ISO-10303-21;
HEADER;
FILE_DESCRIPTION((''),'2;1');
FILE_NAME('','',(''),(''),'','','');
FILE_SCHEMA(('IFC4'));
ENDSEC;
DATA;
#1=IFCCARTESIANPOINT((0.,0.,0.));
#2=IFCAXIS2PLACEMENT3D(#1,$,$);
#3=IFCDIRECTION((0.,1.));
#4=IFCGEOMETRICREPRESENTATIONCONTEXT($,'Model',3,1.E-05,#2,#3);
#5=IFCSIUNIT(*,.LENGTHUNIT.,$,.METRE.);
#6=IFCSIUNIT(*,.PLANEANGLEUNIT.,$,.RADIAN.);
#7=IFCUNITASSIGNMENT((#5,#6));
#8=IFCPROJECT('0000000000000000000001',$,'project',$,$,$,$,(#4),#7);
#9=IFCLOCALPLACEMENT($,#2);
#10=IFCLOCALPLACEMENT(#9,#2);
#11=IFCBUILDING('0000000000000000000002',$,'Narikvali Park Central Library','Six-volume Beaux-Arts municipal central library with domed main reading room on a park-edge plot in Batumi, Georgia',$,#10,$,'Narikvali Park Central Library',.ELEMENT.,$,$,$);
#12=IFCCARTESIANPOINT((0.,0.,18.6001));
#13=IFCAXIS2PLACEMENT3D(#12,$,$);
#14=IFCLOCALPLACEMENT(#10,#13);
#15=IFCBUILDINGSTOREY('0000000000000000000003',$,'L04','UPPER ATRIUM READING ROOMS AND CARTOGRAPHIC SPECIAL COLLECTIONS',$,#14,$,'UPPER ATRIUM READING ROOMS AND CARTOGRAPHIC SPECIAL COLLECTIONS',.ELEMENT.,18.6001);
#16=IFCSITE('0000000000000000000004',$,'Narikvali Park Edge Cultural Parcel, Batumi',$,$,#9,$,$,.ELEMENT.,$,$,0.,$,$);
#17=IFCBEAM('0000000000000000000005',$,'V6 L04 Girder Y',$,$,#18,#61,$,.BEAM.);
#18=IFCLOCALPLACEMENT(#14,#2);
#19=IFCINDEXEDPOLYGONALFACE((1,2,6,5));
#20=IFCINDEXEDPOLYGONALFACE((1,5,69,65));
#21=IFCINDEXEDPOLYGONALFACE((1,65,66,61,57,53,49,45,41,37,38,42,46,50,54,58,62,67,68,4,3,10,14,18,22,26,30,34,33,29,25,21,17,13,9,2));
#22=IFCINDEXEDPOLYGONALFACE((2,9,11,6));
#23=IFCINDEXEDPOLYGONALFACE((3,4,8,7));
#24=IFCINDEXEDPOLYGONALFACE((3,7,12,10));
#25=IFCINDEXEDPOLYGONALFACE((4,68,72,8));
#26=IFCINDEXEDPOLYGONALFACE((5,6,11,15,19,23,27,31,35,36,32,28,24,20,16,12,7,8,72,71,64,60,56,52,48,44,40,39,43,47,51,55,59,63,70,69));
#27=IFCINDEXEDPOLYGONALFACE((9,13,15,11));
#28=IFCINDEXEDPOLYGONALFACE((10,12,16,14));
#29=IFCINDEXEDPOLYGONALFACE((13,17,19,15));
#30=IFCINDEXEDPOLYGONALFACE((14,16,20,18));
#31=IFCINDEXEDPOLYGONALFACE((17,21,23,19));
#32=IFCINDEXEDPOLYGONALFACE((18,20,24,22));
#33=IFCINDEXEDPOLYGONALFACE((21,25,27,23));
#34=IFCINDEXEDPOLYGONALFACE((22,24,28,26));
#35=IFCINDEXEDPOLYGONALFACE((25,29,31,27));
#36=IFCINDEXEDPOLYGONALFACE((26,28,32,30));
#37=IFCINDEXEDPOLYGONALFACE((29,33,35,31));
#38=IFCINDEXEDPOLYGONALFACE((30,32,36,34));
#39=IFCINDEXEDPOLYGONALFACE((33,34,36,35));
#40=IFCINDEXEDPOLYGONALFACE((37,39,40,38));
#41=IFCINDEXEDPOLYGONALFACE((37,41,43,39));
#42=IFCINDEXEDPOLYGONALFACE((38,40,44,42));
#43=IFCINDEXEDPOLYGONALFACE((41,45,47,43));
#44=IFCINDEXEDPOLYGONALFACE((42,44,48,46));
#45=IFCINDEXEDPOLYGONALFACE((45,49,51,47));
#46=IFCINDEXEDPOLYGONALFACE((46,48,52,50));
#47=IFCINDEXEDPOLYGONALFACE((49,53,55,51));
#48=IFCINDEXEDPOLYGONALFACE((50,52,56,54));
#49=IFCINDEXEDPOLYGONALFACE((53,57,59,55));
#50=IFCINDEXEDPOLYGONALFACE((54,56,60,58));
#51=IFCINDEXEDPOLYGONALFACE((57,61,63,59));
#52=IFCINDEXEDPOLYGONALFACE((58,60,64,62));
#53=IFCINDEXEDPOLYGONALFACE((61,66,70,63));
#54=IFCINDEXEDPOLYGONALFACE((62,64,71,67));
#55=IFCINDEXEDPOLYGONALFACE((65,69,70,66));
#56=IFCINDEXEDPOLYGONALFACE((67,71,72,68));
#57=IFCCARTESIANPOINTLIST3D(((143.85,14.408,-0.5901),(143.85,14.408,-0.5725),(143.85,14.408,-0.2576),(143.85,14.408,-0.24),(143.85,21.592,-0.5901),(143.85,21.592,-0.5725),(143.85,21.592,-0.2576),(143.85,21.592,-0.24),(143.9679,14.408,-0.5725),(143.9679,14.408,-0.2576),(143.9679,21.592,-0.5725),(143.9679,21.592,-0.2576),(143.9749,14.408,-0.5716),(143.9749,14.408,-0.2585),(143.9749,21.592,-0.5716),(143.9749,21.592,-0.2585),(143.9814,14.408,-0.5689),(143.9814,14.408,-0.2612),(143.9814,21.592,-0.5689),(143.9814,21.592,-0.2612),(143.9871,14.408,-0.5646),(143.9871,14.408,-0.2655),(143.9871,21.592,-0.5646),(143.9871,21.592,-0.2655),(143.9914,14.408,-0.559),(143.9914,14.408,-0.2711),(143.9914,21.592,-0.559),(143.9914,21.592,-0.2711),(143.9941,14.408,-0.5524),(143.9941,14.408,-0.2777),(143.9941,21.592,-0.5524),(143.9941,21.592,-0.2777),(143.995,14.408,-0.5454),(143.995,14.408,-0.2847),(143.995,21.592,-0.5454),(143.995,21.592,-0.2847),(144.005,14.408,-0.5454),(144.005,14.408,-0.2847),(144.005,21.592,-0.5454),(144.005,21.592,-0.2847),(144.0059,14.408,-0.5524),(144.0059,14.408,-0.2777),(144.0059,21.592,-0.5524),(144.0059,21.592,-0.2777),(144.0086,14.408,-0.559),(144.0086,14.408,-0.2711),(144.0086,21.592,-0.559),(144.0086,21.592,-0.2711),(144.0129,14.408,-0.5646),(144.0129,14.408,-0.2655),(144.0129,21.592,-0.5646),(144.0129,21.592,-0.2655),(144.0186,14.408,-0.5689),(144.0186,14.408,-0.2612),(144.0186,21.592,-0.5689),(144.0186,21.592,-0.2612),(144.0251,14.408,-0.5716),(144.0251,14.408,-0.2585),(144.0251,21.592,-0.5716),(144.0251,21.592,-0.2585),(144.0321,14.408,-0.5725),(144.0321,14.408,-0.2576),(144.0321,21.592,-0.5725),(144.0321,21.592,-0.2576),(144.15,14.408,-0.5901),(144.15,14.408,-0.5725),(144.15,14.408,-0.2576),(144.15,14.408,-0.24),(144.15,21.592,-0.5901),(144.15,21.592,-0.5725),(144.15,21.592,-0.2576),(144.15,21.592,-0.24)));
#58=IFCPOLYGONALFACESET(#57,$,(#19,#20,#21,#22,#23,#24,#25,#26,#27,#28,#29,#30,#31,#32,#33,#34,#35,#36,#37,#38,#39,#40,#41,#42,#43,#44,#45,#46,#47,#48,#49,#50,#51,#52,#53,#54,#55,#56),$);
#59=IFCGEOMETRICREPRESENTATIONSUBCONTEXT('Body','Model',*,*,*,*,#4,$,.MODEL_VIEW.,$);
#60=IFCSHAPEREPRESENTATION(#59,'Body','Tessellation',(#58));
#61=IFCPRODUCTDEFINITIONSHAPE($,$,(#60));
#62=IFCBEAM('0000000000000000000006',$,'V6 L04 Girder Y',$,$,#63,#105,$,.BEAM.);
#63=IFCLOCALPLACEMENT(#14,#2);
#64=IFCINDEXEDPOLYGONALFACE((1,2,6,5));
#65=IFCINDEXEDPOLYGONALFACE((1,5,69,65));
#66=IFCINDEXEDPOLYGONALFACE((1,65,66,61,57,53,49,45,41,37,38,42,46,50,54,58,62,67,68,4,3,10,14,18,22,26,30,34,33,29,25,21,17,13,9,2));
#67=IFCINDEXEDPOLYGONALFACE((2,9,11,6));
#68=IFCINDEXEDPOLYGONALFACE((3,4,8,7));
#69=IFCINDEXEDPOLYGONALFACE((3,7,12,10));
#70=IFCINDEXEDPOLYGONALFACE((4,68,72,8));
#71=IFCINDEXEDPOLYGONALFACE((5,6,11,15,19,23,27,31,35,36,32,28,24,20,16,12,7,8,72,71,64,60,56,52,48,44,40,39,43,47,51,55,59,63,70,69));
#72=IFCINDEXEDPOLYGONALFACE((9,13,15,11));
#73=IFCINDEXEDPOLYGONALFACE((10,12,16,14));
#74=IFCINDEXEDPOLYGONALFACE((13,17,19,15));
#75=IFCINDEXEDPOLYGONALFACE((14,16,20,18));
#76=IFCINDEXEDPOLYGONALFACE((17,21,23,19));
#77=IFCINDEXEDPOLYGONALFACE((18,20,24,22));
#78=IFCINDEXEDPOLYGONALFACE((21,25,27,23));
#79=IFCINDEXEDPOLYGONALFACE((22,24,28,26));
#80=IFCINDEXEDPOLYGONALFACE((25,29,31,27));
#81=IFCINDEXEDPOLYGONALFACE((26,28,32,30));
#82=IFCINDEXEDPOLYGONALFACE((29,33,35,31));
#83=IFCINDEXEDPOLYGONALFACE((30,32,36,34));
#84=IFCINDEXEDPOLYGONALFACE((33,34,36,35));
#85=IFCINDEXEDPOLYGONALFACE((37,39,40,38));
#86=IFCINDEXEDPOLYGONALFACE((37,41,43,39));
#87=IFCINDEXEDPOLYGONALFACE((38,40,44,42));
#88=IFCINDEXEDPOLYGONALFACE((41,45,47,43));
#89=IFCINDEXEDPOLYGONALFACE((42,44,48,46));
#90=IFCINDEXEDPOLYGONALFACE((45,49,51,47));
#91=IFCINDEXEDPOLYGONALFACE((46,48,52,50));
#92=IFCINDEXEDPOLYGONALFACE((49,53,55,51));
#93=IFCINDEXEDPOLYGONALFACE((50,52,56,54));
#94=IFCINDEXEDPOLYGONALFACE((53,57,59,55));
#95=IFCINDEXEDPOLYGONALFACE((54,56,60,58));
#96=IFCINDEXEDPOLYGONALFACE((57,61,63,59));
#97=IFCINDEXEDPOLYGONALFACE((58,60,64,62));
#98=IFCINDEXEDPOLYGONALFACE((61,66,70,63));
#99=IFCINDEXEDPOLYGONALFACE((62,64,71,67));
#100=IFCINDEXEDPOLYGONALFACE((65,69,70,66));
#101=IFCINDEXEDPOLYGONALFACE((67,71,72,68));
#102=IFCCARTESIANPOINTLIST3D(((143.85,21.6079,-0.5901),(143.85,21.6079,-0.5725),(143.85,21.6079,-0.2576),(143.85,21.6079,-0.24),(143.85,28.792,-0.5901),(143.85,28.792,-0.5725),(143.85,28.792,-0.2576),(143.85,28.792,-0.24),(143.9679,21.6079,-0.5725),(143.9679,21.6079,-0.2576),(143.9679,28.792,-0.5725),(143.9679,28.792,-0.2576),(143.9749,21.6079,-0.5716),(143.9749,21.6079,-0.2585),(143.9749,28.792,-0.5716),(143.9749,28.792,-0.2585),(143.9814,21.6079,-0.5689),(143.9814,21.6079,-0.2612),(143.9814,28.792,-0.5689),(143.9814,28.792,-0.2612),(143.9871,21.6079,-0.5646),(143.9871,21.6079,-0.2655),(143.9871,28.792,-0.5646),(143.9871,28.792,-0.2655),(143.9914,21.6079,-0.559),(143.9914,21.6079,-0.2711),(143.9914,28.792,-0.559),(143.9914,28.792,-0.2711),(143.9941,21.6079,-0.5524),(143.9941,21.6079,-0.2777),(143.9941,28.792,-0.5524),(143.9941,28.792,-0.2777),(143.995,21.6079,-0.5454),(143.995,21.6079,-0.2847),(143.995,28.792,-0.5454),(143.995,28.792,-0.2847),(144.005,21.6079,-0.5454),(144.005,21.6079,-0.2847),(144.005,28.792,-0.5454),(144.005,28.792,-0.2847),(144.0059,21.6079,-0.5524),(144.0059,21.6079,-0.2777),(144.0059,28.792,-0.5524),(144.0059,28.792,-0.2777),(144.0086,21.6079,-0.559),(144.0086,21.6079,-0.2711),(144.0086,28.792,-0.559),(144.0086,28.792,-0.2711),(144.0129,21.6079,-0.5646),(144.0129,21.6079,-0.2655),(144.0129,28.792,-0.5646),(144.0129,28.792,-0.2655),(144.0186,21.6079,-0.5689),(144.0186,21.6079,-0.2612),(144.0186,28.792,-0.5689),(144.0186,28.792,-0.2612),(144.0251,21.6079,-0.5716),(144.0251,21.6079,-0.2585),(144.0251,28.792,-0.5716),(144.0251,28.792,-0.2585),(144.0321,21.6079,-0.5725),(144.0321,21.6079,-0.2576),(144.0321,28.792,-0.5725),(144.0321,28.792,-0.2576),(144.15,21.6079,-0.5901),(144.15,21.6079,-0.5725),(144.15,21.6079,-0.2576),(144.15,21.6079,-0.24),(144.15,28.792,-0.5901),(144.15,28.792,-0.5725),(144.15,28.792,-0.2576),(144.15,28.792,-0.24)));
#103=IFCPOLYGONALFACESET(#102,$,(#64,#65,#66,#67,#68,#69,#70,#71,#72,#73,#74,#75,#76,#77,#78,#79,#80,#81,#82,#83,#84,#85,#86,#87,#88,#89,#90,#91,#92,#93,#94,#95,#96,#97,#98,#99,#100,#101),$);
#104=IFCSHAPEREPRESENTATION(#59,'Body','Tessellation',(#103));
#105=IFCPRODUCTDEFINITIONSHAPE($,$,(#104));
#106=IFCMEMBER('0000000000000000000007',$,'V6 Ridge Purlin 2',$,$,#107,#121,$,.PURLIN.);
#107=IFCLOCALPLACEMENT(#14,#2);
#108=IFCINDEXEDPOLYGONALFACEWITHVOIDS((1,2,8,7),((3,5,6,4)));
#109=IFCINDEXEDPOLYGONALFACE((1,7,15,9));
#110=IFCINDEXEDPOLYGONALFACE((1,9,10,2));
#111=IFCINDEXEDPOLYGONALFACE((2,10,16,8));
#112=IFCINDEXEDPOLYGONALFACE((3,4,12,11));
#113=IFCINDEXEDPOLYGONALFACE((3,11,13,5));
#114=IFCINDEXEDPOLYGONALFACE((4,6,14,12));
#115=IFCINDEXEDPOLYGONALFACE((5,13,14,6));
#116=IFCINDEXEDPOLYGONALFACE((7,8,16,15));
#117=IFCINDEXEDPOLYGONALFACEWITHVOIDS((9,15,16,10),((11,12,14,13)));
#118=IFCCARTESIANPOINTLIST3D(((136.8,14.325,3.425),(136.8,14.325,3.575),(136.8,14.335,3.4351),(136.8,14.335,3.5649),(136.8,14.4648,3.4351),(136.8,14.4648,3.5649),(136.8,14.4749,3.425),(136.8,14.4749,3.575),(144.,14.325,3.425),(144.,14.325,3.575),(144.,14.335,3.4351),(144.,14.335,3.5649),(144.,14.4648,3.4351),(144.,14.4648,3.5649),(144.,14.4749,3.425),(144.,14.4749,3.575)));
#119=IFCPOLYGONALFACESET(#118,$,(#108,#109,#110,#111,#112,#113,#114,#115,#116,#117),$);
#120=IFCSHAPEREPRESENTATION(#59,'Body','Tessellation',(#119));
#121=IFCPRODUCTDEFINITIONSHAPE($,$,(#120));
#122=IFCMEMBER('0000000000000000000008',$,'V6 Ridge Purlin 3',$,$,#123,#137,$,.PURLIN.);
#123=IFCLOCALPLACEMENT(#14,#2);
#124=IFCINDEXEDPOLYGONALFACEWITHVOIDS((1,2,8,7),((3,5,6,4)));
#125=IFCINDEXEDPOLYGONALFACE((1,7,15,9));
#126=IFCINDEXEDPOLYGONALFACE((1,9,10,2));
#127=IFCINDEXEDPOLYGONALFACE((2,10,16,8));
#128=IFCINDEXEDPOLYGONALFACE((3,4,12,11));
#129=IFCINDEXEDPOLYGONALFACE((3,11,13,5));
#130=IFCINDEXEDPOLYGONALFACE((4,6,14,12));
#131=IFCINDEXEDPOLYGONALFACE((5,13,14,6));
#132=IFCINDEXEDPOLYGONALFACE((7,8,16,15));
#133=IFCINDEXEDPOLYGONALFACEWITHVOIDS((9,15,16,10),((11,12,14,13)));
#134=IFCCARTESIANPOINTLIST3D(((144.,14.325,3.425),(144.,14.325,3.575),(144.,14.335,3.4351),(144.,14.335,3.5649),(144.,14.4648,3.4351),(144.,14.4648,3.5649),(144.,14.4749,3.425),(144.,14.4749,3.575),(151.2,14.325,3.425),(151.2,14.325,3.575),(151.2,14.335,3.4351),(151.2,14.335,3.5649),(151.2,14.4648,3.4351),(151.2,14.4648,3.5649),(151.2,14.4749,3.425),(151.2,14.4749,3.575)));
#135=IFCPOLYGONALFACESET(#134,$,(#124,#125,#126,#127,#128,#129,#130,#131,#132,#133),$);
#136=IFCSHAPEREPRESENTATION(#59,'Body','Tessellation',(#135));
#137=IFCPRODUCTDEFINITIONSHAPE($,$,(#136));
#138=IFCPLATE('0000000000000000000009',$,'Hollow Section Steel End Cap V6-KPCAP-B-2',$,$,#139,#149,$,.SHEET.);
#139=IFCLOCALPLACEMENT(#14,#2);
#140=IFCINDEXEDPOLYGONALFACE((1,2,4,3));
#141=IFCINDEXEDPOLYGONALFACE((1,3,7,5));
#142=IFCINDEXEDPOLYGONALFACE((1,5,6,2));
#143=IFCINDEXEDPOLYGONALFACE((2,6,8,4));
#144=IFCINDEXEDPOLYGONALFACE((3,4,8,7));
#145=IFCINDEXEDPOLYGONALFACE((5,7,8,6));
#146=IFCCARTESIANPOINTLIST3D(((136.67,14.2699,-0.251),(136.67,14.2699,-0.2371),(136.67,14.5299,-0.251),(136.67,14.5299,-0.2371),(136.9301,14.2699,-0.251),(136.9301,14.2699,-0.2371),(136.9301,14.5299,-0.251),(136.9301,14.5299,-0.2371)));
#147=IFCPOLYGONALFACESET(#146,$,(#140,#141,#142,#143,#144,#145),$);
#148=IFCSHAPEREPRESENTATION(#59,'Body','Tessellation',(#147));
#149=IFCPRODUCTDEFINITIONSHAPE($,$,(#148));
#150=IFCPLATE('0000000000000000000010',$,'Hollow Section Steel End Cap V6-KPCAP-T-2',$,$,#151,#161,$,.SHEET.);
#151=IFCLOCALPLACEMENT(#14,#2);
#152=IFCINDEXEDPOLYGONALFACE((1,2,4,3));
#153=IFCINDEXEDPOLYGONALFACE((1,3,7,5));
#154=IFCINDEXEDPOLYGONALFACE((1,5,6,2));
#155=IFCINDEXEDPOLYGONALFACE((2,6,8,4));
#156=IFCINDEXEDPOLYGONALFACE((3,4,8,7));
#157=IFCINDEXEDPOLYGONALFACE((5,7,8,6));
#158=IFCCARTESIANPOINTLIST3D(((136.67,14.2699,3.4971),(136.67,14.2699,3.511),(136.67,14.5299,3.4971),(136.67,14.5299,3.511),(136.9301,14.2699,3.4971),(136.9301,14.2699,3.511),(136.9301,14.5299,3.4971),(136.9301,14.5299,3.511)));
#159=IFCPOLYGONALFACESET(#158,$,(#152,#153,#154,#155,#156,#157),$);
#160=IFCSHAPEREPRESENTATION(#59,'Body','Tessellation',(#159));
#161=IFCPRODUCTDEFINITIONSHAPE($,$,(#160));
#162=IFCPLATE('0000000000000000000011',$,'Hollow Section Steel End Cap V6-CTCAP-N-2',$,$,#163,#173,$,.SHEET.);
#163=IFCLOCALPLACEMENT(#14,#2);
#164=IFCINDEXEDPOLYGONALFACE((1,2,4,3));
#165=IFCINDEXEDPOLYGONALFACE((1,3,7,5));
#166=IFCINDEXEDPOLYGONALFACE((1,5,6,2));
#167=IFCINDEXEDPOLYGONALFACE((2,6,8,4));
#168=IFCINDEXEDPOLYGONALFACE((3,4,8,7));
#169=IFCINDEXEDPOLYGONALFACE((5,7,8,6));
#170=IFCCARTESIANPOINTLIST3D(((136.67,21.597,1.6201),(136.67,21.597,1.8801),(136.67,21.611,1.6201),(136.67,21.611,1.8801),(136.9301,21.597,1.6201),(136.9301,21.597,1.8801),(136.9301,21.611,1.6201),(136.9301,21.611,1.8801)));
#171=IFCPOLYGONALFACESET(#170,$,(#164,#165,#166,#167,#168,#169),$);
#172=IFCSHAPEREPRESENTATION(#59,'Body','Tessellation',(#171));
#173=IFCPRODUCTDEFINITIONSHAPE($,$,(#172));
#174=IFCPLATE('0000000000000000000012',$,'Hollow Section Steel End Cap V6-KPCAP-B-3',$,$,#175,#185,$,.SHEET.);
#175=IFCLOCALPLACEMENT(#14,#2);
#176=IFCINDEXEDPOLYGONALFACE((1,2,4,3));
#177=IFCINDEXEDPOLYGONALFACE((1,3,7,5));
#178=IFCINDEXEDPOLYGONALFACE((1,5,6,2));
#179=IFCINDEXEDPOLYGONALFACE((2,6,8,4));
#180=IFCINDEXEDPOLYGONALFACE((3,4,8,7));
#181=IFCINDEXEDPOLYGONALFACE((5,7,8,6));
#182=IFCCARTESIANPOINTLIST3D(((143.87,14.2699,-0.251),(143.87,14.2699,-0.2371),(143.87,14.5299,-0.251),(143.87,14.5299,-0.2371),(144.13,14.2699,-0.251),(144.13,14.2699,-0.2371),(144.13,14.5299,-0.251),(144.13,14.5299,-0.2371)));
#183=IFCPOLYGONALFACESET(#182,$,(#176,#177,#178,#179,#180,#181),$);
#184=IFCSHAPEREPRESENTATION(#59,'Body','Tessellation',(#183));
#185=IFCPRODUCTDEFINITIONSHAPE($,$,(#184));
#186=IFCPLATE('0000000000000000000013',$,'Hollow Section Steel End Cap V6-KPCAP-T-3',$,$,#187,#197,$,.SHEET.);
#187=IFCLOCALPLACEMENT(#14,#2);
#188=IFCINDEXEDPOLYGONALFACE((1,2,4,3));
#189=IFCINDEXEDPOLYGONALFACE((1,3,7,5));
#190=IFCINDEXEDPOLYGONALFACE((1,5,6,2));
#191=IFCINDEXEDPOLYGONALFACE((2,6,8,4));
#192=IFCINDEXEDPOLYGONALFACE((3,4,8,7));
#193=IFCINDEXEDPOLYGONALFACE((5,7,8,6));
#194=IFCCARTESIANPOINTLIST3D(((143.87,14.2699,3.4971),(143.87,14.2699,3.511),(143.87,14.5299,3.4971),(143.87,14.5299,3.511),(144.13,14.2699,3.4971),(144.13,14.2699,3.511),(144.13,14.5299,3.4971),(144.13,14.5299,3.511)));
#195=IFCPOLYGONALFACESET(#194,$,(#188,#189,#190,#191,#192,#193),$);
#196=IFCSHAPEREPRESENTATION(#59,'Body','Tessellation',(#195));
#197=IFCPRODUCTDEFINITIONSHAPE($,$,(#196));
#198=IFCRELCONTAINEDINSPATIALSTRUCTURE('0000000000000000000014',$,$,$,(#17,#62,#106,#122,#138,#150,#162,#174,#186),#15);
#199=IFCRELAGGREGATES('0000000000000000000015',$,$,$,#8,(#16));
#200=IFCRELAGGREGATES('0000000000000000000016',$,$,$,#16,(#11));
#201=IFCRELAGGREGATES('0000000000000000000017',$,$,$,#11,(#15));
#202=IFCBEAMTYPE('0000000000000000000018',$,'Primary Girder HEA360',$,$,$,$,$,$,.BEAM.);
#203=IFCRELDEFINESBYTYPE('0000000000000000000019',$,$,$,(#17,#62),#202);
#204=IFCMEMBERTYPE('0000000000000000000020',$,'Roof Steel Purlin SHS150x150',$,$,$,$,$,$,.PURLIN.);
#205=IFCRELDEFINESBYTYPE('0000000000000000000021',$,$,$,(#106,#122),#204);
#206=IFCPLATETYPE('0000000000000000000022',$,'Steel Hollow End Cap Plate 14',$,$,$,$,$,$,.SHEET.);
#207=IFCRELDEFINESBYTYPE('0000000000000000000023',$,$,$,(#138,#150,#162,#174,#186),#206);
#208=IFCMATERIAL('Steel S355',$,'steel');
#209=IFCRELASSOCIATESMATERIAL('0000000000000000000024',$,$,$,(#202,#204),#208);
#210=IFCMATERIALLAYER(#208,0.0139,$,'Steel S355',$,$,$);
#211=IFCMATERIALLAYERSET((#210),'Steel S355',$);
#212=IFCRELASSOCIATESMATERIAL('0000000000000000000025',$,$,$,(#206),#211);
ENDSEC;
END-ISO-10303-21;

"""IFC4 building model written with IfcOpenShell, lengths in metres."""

from ifc_helpers import new_model, si_unit, direction, frame, origin, origin_2d, place, context, subcontext, project, spatial, rectangle, hollow_rectangle, i_section, extrude, material, layer, layer_set, material_profile, profile_set, type_object, element, save


model = new_model("IFC4")

# Units and contexts
model_context = context("Model", 3, precision=1e-05, world=origin(), true_north=direction((0.0, 1.0)))
body_context = subcontext(model_context, "Body", "Model", "MODEL_VIEW")
ifc_project = project(units=[si_unit("LENGTHUNIT", "METRE"), si_unit("PLANEANGLEUNIT", "RADIAN")], contexts=[model_context])

# Site, building, storey
site_placement = place(None, origin())
site = spatial("IfcSite", under=ifc_project, at=site_placement, Name="Narikvali Park Edge Cultural Parcel, Batumi", CompositionType="ELEMENT", RefElevation=0.0)
building_placement = place(site_placement, origin())
building = spatial("IfcBuilding", under=site, at=building_placement, Name="Narikvali Park Central Library", Description="Six-volume Beaux-Arts municipal central library with domed main reading room on a park-edge plot in Batumi, Georgia", LongName="Narikvali Park Central Library", CompositionType="ELEMENT")
storey_placement = place(building_placement, frame((0.0, 0.0, 18.6001)))
storey = spatial("IfcBuildingStorey", under=building, at=storey_placement, Name="L04", Description="UPPER ATRIUM READING ROOMS AND CARTOGRAPHIC SPECIAL COLLECTIONS", LongName="UPPER ATRIUM READING ROOMS AND CARTOGRAPHIC SPECIAL COLLECTIONS", CompositionType="ELEMENT", Elevation=18.6001)

# Shared definitions
ifc_material = material(Name="Steel S355", Category="steel")

# Beams
ifc_material_profile_1 = material_profile(ifc_material, i_section(OverallWidth=0.3, OverallDepth=0.3501, WebThickness=0.01, FlangeThickness=0.0176, FilletRadius=0.0271, at=origin_2d()), Name="HEA 360")
ifc_profile_set_1 = profile_set([ifc_material_profile_1], Name="Steel S355")
beam_type_1 = type_object("IfcBeamType", Name="Primary Girder HEA360", PredefinedType="BEAM", material=ifc_profile_set_1)
for number, where, z_axis, x_axis, name in (
    (1, (144.0, 14.408, -0.415), (0.0, 1.0, 0.0), (-1.0, 0.0, 0.0), "V6 L04 Girder Y"),
    (2, (144.0, 21.6079, -0.415), (0.0, 1.0, 0.0), (-1.0, 0.0, 0.0), "V6 L04 Girder Y"),
):
    element("IfcBeam", number, at=place(storey_placement, frame(where, z_axis=z_axis, x_axis=x_axis)), inside=storey, type_object=beam_type_1, Name=name, PredefinedType="BEAM", context=body_context, shape_type="SweptSolid", body=[
        extrude(i_section(OverallWidth=0.3, OverallDepth=0.3501, WebThickness=0.01, FlangeThickness=0.0176, FilletRadius=0.0271, at=origin_2d()), origin(), (0.0, 0.0, 1.0), 7.1841),
    ])

# Members
ifc_material_profile_2 = material_profile(ifc_material, hollow_rectangle(XDim=0.1499, YDim=0.1499, WallThickness=0.01, at=origin_2d()), Name="SHS 150x150x10")
ifc_profile_set_2 = profile_set([ifc_material_profile_2], Name="Steel S355")
member_type_1 = type_object("IfcMemberType", Name="Roof Steel Purlin SHS150x150", PredefinedType="PURLIN", material=ifc_profile_set_2)
for number, where, z_axis, x_axis, name in (
    (3, (136.8, 14.3999, 3.5), (1.0, 0.0, 0.0), (0.0, 1.0, 0.0), "V6 Ridge Purlin 2"),
    (4, (144.0, 14.3999, 3.5), (1.0, 0.0, 0.0), (0.0, 1.0, 0.0), "V6 Ridge Purlin 3"),
):
    element("IfcMember", number, at=place(storey_placement, frame(where, z_axis=z_axis, x_axis=x_axis)), inside=storey, type_object=member_type_1, Name=name, PredefinedType="PURLIN", context=body_context, shape_type="SweptSolid", body=[
        extrude(hollow_rectangle(XDim=0.1499, YDim=0.1499, WallThickness=0.01, at=origin_2d()), origin(), (0.0, 0.0, 1.0), 7.2),
    ])

# Plates
ifc_layer = layer(ifc_material, 0.0139, Name="Steel S355")
ifc_layer_set = layer_set([ifc_layer], Name="Steel S355")
plate_type = type_object("IfcPlateType", Name="Steel Hollow End Cap Plate 14", PredefinedType="SHEET", material=ifc_layer_set)
for number, where, z_axis, x_axis, name in (
    (5, (136.8, 14.3999, -0.251), (0.0, 0.0, 1.0), (1.0, 0.0, 0.0), "Hollow Section Steel End Cap V6-KPCAP-B-2"),
    (6, (136.8, 14.3999, 3.4971), (0.0, 0.0, 1.0), (1.0, 0.0, 0.0), "Hollow Section Steel End Cap V6-KPCAP-T-2"),
):
    element("IfcPlate", number, at=place(storey_placement, frame(where, z_axis=z_axis, x_axis=x_axis)), inside=storey, type_object=plate_type, Name=name, PredefinedType="SHEET", context=body_context, shape_type="SweptSolid", body=[
        extrude(rectangle(XDim=0.26, YDim=0.26, at=origin_2d()), origin(), (0.0, 0.0, 1.0), 0.0139),
    ])
plate_1_placement = place(storey_placement, frame((136.8, 21.604, 1.6201), z_axis=(0.0, 0.0, 1.0), x_axis=(1.0, 0.0, 0.0)))
element("IfcPlate", 7, at=plate_1_placement, inside=storey, type_object=plate_type, Name="Hollow Section Steel End Cap V6-CTCAP-N-2", PredefinedType="SHEET", context=body_context, shape_type="SweptSolid", body=[
    extrude(rectangle(XDim=0.26, YDim=0.0139, at=origin_2d()), origin(), (0.0, 0.0, 1.0), 0.26),
])
for number, where, z_axis, x_axis, name in (
    (8, (144.0, 14.3999, -0.251), (0.0, 0.0, 1.0), (1.0, 0.0, 0.0), "Hollow Section Steel End Cap V6-KPCAP-B-3"),
    (9, (144.0, 14.3999, 3.4971), (0.0, 0.0, 1.0), (1.0, 0.0, 0.0), "Hollow Section Steel End Cap V6-KPCAP-T-3"),
):
    element("IfcPlate", number, at=place(storey_placement, frame(where, z_axis=z_axis, x_axis=x_axis)), inside=storey, type_object=plate_type, Name=name, PredefinedType="SHEET", context=body_context, shape_type="SweptSolid", body=[
        extrude(rectangle(XDim=0.26, YDim=0.26, at=origin_2d()), origin(), (0.0, 0.0, 1.0), 0.0139),
    ])

save(model, "model.ifc")
